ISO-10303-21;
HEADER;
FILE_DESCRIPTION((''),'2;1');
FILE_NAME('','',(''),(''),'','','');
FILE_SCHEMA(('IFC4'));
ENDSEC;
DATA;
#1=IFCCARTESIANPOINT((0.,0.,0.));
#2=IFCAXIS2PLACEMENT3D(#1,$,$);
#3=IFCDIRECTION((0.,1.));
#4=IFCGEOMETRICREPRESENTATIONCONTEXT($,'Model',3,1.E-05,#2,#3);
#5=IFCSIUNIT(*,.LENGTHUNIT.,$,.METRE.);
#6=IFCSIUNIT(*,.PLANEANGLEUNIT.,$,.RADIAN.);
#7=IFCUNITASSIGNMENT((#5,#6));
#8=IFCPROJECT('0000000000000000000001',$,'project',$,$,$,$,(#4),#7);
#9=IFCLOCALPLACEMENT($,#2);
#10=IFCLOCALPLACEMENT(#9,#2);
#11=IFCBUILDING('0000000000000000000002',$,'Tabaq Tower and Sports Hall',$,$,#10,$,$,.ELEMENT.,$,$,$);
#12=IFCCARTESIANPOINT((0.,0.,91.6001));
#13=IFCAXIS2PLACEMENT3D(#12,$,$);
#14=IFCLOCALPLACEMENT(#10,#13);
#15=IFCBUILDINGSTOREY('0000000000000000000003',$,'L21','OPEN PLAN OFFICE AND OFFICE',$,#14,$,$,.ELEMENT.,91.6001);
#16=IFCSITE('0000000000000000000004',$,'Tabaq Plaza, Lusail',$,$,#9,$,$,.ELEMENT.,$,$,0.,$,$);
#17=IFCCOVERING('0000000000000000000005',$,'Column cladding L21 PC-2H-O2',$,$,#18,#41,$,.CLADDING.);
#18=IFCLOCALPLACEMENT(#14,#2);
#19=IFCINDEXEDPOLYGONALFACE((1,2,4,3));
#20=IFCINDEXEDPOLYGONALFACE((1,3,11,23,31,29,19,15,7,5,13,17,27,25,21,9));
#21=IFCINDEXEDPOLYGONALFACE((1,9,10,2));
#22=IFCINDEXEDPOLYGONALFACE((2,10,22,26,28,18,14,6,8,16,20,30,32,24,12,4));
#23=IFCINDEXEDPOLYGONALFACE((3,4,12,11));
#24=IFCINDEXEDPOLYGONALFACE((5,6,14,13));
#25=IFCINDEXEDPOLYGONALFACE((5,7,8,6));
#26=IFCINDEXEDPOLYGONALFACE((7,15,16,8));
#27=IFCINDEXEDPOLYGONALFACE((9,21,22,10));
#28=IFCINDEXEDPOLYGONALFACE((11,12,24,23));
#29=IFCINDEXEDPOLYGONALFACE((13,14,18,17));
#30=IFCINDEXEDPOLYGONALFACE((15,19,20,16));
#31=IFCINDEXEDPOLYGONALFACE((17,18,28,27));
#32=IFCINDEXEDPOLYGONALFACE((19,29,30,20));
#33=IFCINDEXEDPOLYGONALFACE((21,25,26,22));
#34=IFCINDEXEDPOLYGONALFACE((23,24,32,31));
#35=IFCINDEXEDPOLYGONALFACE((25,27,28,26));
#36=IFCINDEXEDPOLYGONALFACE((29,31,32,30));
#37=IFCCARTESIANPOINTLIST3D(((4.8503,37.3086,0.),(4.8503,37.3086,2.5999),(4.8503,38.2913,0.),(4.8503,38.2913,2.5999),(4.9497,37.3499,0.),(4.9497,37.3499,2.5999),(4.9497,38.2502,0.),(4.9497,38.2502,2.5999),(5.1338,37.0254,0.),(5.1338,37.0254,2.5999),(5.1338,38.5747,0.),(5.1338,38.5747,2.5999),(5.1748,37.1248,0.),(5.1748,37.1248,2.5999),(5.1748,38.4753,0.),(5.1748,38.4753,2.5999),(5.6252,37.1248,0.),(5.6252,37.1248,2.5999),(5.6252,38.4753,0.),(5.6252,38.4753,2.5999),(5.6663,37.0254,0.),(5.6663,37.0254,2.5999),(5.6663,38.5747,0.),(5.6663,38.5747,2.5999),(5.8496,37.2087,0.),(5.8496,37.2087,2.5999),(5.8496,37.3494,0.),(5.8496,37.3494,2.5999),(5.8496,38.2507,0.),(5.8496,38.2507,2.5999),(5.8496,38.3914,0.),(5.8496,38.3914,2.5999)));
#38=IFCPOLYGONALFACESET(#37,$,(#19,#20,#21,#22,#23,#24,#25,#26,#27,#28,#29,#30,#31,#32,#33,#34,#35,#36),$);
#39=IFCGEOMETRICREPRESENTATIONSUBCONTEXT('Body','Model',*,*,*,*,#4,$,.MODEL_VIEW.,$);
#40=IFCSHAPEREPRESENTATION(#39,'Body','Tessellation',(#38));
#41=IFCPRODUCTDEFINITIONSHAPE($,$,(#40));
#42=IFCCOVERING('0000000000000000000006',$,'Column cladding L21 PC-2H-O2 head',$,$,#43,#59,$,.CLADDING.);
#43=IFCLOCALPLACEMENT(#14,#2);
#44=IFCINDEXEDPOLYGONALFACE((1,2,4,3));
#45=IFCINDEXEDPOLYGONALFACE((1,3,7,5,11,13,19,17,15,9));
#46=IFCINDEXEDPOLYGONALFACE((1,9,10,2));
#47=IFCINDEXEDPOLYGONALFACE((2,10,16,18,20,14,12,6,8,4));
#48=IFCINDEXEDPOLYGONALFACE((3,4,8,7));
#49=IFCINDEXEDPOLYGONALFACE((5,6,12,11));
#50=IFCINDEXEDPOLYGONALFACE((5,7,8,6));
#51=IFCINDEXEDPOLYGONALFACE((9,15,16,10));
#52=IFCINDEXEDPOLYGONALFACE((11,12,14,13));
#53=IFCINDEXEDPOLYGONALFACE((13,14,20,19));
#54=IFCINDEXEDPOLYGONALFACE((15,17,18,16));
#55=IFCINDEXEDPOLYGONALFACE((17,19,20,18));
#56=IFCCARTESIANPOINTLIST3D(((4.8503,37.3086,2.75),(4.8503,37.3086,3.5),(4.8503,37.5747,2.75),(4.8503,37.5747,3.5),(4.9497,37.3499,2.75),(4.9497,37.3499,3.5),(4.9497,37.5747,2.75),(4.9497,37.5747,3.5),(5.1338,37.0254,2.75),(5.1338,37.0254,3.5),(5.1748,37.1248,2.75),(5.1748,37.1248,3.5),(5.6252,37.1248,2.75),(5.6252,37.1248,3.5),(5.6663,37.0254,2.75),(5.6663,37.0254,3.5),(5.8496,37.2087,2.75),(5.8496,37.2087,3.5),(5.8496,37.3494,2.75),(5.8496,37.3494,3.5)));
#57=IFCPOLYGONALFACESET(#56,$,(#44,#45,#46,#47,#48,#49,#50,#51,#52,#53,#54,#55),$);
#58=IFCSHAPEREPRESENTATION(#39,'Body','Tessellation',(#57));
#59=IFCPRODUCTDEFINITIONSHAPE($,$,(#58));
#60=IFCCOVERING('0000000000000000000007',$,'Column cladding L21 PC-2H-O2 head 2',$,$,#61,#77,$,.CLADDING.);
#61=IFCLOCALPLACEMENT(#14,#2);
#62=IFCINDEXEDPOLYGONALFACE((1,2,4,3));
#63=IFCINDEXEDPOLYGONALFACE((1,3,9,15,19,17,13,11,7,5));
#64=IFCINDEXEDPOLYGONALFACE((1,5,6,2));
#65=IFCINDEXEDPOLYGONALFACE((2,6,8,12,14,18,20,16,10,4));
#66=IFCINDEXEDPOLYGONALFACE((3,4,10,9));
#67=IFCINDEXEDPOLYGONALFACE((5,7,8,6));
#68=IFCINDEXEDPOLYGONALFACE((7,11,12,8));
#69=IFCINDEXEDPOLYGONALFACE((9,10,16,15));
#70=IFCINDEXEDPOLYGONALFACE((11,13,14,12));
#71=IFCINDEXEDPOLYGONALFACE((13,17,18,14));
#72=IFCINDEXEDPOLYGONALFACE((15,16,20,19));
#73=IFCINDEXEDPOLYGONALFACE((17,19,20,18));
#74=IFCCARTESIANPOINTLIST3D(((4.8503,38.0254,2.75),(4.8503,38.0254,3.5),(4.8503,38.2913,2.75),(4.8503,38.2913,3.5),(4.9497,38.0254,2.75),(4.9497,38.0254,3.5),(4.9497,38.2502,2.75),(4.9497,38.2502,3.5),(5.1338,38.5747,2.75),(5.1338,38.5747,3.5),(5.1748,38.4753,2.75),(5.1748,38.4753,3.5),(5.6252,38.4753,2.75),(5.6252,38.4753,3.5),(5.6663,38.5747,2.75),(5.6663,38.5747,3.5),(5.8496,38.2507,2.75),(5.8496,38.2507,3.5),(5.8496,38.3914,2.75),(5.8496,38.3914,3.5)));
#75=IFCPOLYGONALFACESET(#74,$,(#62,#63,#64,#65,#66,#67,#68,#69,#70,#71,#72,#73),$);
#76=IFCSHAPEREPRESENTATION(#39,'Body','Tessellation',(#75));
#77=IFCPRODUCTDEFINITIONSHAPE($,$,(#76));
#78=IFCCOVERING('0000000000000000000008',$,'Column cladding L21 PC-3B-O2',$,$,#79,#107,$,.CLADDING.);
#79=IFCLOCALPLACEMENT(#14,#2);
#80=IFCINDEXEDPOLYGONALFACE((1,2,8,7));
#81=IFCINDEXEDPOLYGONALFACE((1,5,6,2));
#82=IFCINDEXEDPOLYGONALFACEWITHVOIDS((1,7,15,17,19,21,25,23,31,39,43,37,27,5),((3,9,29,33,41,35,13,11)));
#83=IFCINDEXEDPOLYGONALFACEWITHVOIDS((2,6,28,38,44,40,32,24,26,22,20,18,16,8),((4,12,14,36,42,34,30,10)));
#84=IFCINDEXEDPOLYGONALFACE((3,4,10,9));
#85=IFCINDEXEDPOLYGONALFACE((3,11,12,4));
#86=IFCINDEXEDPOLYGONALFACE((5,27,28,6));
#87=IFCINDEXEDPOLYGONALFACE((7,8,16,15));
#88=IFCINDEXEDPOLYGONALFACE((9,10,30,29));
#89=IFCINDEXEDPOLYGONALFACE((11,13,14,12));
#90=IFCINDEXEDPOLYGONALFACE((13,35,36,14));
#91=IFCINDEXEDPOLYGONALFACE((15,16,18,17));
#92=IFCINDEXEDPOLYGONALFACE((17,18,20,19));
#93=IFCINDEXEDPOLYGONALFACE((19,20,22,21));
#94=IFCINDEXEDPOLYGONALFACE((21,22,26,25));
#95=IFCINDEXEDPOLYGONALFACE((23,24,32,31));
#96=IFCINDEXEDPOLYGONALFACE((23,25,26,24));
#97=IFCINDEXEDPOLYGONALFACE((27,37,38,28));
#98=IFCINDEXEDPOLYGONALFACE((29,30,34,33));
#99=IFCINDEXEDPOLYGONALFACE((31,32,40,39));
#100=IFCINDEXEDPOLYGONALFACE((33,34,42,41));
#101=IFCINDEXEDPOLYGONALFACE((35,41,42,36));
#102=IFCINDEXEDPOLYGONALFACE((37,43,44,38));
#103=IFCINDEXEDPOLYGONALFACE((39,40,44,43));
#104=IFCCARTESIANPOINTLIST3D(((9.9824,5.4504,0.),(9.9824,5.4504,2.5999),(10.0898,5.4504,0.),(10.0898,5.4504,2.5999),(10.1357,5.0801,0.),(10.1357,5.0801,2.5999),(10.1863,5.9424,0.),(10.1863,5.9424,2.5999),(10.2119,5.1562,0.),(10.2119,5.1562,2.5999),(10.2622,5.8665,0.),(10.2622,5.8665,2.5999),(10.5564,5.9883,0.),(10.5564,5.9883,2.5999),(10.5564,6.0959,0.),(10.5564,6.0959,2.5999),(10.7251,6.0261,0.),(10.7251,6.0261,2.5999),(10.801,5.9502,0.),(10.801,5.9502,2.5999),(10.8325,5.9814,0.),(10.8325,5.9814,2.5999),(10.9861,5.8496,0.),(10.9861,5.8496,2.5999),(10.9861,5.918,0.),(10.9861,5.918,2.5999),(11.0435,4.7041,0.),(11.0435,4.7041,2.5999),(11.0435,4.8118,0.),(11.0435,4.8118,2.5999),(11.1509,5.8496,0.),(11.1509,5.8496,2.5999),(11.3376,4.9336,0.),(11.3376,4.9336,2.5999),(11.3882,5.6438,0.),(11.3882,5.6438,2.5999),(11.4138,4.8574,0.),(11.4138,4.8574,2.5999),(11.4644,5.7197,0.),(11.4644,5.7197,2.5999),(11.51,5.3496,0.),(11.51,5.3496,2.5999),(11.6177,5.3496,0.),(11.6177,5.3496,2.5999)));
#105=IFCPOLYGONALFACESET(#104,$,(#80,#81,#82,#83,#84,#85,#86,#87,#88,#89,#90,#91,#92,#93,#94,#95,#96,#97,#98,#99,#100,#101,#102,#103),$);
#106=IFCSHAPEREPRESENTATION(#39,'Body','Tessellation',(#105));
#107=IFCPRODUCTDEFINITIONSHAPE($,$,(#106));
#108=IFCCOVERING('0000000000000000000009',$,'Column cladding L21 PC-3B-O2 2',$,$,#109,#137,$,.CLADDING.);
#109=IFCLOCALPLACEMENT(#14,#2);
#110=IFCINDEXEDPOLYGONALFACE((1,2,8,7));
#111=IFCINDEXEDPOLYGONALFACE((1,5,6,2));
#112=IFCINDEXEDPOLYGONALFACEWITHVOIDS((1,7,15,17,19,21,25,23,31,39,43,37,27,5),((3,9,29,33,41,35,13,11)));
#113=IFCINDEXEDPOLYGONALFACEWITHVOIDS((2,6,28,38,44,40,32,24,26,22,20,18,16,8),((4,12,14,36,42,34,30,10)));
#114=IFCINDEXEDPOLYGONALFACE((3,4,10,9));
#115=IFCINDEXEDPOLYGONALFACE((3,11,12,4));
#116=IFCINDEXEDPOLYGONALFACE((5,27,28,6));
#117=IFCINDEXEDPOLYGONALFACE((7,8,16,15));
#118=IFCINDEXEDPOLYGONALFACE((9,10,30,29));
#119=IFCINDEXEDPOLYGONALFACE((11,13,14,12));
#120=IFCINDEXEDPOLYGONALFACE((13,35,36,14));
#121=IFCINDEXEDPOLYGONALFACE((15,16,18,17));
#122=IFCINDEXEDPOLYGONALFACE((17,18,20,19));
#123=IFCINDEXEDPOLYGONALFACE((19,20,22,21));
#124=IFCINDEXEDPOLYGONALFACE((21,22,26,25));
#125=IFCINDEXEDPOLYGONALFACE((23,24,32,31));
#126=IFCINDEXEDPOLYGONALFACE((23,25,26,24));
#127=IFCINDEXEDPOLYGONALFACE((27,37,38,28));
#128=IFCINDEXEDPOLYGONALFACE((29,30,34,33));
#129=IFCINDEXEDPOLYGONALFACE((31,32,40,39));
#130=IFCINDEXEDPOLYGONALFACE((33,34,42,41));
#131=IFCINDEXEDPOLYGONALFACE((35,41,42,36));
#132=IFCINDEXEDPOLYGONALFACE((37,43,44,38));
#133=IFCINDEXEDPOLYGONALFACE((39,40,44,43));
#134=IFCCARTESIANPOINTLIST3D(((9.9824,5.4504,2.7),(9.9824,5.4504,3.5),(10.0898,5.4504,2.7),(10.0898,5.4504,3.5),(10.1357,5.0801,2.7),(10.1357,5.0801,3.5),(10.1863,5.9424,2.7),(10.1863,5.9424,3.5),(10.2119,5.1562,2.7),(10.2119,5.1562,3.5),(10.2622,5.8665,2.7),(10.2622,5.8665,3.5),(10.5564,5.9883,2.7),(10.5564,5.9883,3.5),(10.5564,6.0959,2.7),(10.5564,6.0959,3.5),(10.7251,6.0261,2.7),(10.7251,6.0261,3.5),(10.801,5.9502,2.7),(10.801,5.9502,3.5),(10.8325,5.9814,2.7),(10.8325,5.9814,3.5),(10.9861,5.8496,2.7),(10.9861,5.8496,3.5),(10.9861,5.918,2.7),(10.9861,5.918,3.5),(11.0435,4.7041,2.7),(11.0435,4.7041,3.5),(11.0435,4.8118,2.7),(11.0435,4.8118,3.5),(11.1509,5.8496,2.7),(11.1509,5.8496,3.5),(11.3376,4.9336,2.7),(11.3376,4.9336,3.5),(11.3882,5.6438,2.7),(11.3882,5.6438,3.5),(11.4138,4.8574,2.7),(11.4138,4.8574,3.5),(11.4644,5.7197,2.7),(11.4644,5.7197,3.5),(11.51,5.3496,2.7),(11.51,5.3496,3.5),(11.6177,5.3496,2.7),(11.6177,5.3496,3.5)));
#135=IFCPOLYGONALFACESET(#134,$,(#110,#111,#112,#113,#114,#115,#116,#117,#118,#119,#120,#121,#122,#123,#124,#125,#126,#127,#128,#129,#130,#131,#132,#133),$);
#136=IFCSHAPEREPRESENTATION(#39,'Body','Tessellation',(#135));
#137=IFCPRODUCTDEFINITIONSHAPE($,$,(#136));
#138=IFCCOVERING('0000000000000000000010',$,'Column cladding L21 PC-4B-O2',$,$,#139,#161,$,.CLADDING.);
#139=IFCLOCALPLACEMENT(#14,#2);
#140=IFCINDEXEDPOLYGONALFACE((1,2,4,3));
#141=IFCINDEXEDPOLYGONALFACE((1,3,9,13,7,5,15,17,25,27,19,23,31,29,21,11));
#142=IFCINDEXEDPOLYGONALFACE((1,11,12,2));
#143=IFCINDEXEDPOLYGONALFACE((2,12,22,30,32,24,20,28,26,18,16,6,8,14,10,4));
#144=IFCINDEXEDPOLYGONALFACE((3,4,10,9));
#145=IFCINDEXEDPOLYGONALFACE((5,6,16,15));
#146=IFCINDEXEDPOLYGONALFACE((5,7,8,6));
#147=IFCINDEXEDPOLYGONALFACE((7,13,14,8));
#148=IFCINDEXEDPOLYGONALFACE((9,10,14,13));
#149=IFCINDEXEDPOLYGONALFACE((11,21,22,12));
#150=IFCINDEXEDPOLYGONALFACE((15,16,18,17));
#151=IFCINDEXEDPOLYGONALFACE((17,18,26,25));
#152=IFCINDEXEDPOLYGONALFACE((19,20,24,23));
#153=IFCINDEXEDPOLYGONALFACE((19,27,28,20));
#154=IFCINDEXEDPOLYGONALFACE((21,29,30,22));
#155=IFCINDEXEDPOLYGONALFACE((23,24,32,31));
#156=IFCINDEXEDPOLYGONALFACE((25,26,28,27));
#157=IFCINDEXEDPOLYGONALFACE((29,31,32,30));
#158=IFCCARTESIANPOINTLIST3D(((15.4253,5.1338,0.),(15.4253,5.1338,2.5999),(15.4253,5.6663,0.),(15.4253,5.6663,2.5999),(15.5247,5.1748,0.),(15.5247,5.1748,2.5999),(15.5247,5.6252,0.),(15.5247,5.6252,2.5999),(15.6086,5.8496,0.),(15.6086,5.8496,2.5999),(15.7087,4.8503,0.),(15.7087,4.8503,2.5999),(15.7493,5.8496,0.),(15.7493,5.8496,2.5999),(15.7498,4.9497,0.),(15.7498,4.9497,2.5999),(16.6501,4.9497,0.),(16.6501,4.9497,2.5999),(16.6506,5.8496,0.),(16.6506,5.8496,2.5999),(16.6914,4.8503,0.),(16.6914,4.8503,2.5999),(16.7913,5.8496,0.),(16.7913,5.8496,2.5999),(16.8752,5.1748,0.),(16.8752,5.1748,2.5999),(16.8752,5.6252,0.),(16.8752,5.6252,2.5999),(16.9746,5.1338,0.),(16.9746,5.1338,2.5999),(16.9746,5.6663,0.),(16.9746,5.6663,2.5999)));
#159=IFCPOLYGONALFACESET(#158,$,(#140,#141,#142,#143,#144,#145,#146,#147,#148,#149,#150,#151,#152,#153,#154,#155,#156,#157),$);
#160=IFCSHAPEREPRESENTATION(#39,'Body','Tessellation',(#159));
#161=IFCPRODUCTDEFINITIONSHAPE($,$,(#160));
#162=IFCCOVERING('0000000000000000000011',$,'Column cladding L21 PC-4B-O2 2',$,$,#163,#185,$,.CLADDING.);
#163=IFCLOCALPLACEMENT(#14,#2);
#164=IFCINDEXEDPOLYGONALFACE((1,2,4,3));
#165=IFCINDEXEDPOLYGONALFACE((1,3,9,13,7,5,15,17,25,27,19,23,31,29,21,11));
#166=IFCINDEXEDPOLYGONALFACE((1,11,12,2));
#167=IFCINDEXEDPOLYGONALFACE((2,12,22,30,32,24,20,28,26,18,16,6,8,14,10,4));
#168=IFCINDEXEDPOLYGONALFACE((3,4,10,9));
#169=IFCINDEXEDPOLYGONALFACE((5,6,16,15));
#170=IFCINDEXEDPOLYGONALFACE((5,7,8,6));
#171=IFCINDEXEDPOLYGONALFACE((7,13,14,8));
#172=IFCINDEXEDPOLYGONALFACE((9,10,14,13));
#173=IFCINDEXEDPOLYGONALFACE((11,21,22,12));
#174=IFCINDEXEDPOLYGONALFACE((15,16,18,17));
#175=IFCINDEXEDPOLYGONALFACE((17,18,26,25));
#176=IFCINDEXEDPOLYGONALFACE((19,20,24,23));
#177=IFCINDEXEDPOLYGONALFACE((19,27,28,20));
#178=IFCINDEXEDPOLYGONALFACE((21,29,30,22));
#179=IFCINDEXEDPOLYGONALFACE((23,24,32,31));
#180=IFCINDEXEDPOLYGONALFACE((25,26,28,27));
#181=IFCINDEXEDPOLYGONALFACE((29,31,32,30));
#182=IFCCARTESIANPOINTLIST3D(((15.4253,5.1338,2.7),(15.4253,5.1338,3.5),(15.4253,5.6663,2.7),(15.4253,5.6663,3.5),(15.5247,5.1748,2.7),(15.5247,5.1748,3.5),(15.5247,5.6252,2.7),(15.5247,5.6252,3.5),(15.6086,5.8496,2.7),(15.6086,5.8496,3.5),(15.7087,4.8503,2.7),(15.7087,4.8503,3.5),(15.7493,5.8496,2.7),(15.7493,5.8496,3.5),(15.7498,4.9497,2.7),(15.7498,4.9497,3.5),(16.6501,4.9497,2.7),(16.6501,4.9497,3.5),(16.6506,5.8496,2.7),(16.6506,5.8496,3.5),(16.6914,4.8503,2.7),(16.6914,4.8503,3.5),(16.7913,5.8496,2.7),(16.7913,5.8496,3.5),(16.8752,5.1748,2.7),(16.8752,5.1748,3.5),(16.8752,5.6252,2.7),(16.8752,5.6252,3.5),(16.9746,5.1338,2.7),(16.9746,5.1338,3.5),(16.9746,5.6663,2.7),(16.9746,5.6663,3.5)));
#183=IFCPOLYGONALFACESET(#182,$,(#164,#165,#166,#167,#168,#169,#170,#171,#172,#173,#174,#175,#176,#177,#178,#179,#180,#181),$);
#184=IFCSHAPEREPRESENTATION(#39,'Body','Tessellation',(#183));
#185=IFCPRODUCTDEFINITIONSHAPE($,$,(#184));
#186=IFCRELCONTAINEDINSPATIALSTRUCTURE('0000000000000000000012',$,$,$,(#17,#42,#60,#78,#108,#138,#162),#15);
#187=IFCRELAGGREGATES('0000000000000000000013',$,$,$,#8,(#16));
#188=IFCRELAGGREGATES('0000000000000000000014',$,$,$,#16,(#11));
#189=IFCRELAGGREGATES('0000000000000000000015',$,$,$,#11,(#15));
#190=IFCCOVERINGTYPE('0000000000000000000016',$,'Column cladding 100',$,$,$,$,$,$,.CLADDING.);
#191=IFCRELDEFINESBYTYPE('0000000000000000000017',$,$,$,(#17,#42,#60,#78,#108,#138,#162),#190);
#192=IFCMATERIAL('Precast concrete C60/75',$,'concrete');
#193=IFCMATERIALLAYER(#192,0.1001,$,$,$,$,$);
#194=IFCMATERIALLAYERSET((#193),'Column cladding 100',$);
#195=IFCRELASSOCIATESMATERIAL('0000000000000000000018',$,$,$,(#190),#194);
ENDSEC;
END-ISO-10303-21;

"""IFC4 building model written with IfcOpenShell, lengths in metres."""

from ifc_helpers import new_model, si_unit, direction, frame, origin, place, context, subcontext, project, spatial, polyline, outline, extrude, material, layer, layer_set, type_object, element, save


model = new_model("IFC4")

# Units and contexts
model_context = context("Model", 3, precision=1e-05, world=origin(), true_north=direction((0.0, 1.0)))
body_context = subcontext(model_context, "Body", "Model", "MODEL_VIEW")
ifc_project = project(units=[si_unit("LENGTHUNIT", "METRE"), si_unit("PLANEANGLEUNIT", "RADIAN")], contexts=[model_context])

# Site, building, storey
site_placement = place(None, origin())
site = spatial("IfcSite", under=ifc_project, at=site_placement, Name="Tabaq Plaza, Lusail", CompositionType="ELEMENT", RefElevation=0.0)
building_placement = place(site_placement, origin())
building = spatial("IfcBuilding", under=site, at=building_placement, Name="Tabaq Tower and Sports Hall", CompositionType="ELEMENT")
storey_placement = place(building_placement, frame((0.0, 0.0, 91.6001)))
storey = spatial("IfcBuildingStorey", under=building, at=storey_placement, Name="L21", Description="OPEN PLAN OFFICE AND OFFICE", CompositionType="ELEMENT", Elevation=91.6001)

# Coverings
ifc_material_1 = material(Name="Precast concrete C60/75", Category="concrete")
ifc_layer_1 = layer(ifc_material_1, 0.1001)
ifc_layer_set_1 = layer_set([ifc_layer_1], Name="Column cladding 100")
covering_type = type_object("IfcCoveringType", Name="Column cladding 100", PredefinedType="CLADDING", material=ifc_layer_set_1)
covering_1_placement = place(storey_placement, origin())
element("IfcCovering", 1, at=covering_1_placement, inside=storey, type_object=covering_type, Name="Column cladding L21 PC-2H-O2", PredefinedType="CLADDING", context=body_context, shape_type="SweptSolid", body=[
    extrude(outline(polyline([(5.1338, 37.0254), (4.8503, 37.3086), (4.8503, 38.2913), (5.1338, 38.5747), (5.6663, 38.5747), (5.8496, 38.3914), (5.8496, 38.2507), (5.6252, 38.4753), (5.1748, 38.4753), (4.9497, 38.2502), (4.9497, 37.3499), (5.1748, 37.1248), (5.6252, 37.1248), (5.8496, 37.3494), (5.8496, 37.2087), (5.6663, 37.0254), (5.1338, 37.0254)])), origin(), (0.0, 0.0, 1.0), 2.5999),
])
covering_2_placement = place(storey_placement, frame((0.0, 0.0, 2.75)))
element("IfcCovering", 2, at=covering_2_placement, inside=storey, type_object=covering_type, Name="Column cladding L21 PC-2H-O2 head", PredefinedType="CLADDING", context=body_context, shape_type="SweptSolid", body=[
    extrude(outline(polyline([(4.8503, 37.3086), (4.8503, 37.5747), (4.9497, 37.5747), (4.9497, 37.3499), (5.1748, 37.1248), (5.6252, 37.1248), (5.8496, 37.3494), (5.8496, 37.2087), (5.6663, 37.0254), (5.1338, 37.0254), (4.8503, 37.3086)])), origin(), (0.0, 0.0, 1.0), 0.75),
])
covering_3_placement = place(storey_placement, frame((0.0, 0.0, 2.75)))
element("IfcCovering", 3, at=covering_3_placement, inside=storey, type_object=covering_type, Name="Column cladding L21 PC-2H-O2 head 2", PredefinedType="CLADDING", context=body_context, shape_type="SweptSolid", body=[
    extrude(outline(polyline([(4.8503, 38.2913), (5.1338, 38.5747), (5.6663, 38.5747), (5.8496, 38.3914), (5.8496, 38.2507), (5.6252, 38.4753), (5.1748, 38.4753), (4.9497, 38.2502), (4.9497, 38.0254), (4.8503, 38.0254), (4.8503, 38.2913)])), origin(), (0.0, 0.0, 1.0), 0.75),
])
covering_4_placement = place(storey_placement, origin())
element("IfcCovering", 4, at=covering_4_placement, inside=storey, type_object=covering_type, Name="Column cladding L21 PC-3B-O2", PredefinedType="CLADDING", context=body_context, shape_type="SweptSolid", body=[
    extrude(outline(polyline([(11.4138, 4.8574), (11.0435, 4.7041), (10.1357, 5.0801), (9.9824, 5.4504), (10.1863, 5.9424), (10.5564, 6.0959), (10.7251, 6.0261), (10.801, 5.9502), (10.8325, 5.9814), (10.9861, 5.918), (10.9861, 5.8496), (11.1509, 5.8496), (11.4644, 5.7197), (11.6177, 5.3496), (11.4138, 4.8574)]), holes=[polyline([(10.2622, 5.8665), (10.0898, 5.4504), (10.2119, 5.1562), (11.0435, 4.8118), (11.3376, 4.9336), (11.51, 5.3496), (11.3882, 5.6438), (10.5564, 5.9883), (10.2622, 5.8665)])]), origin(), (0.0, 0.0, 1.0), 2.5999),
])
covering_5_placement = place(storey_placement, frame((0.0, 0.0, 2.7)))
element("IfcCovering", 5, at=covering_5_placement, inside=storey, type_object=covering_type, Name="Column cladding L21 PC-3B-O2 2", PredefinedType="CLADDING", context=body_context, shape_type="SweptSolid", body=[
    extrude(outline(polyline([(11.4138, 4.8574), (11.0435, 4.7041), (10.1357, 5.0801), (9.9824, 5.4504), (10.1863, 5.9424), (10.5564, 6.0959), (10.7251, 6.0261), (10.801, 5.9502), (10.8325, 5.9814), (10.9861, 5.918), (10.9861, 5.8496), (11.1509, 5.8496), (11.4644, 5.7197), (11.6177, 5.3496), (11.4138, 4.8574)]), holes=[polyline([(10.2622, 5.8665), (10.0898, 5.4504), (10.2119, 5.1562), (11.0435, 4.8118), (11.3376, 4.9336), (11.51, 5.3496), (11.3882, 5.6438), (10.5564, 5.9883), (10.2622, 5.8665)])]), origin(), (0.0, 0.0, 1.0), 0.8),
])
covering_6_placement = place(storey_placement, origin())
element("IfcCovering", 6, at=covering_6_placement, inside=storey, type_object=covering_type, Name="Column cladding L21 PC-4B-O2", PredefinedType="CLADDING", context=body_context, shape_type="SweptSolid", body=[
    extrude(outline(polyline([(15.4253, 5.6663), (15.6086, 5.8496), (15.7493, 5.8496), (15.5247, 5.6252), (15.5247, 5.1748), (15.7498, 4.9497), (16.6501, 4.9497), (16.8752, 5.1748), (16.8752, 5.6252), (16.6506, 5.8496), (16.7913, 5.8496), (16.9746, 5.6663), (16.9746, 5.1338), (16.6914, 4.8503), (15.7087, 4.8503), (15.4253, 5.1338), (15.4253, 5.6663)])), origin(), (0.0, 0.0, 1.0), 2.5999),
])
covering_7_placement = place(storey_placement, frame((0.0, 0.0, 2.7)))
element("IfcCovering", 7, at=covering_7_placement, inside=storey, type_object=covering_type, Name="Column cladding L21 PC-4B-O2 2", PredefinedType="CLADDING", context=body_context, shape_type="SweptSolid", body=[
    extrude(outline(polyline([(15.4253, 5.6663), (15.6086, 5.8496), (15.7493, 5.8496), (15.5247, 5.6252), (15.5247, 5.1748), (15.7498, 4.9497), (16.6501, 4.9497), (16.8752, 5.1748), (16.8752, 5.6252), (16.6506, 5.8496), (16.7913, 5.8496), (16.9746, 5.6663), (16.9746, 5.1338), (16.6914, 4.8503), (15.7087, 4.8503), (15.4253, 5.1338), (15.4253, 5.6663)])), origin(), (0.0, 0.0, 1.0), 0.8),
])

save(model, "model.ifc")
